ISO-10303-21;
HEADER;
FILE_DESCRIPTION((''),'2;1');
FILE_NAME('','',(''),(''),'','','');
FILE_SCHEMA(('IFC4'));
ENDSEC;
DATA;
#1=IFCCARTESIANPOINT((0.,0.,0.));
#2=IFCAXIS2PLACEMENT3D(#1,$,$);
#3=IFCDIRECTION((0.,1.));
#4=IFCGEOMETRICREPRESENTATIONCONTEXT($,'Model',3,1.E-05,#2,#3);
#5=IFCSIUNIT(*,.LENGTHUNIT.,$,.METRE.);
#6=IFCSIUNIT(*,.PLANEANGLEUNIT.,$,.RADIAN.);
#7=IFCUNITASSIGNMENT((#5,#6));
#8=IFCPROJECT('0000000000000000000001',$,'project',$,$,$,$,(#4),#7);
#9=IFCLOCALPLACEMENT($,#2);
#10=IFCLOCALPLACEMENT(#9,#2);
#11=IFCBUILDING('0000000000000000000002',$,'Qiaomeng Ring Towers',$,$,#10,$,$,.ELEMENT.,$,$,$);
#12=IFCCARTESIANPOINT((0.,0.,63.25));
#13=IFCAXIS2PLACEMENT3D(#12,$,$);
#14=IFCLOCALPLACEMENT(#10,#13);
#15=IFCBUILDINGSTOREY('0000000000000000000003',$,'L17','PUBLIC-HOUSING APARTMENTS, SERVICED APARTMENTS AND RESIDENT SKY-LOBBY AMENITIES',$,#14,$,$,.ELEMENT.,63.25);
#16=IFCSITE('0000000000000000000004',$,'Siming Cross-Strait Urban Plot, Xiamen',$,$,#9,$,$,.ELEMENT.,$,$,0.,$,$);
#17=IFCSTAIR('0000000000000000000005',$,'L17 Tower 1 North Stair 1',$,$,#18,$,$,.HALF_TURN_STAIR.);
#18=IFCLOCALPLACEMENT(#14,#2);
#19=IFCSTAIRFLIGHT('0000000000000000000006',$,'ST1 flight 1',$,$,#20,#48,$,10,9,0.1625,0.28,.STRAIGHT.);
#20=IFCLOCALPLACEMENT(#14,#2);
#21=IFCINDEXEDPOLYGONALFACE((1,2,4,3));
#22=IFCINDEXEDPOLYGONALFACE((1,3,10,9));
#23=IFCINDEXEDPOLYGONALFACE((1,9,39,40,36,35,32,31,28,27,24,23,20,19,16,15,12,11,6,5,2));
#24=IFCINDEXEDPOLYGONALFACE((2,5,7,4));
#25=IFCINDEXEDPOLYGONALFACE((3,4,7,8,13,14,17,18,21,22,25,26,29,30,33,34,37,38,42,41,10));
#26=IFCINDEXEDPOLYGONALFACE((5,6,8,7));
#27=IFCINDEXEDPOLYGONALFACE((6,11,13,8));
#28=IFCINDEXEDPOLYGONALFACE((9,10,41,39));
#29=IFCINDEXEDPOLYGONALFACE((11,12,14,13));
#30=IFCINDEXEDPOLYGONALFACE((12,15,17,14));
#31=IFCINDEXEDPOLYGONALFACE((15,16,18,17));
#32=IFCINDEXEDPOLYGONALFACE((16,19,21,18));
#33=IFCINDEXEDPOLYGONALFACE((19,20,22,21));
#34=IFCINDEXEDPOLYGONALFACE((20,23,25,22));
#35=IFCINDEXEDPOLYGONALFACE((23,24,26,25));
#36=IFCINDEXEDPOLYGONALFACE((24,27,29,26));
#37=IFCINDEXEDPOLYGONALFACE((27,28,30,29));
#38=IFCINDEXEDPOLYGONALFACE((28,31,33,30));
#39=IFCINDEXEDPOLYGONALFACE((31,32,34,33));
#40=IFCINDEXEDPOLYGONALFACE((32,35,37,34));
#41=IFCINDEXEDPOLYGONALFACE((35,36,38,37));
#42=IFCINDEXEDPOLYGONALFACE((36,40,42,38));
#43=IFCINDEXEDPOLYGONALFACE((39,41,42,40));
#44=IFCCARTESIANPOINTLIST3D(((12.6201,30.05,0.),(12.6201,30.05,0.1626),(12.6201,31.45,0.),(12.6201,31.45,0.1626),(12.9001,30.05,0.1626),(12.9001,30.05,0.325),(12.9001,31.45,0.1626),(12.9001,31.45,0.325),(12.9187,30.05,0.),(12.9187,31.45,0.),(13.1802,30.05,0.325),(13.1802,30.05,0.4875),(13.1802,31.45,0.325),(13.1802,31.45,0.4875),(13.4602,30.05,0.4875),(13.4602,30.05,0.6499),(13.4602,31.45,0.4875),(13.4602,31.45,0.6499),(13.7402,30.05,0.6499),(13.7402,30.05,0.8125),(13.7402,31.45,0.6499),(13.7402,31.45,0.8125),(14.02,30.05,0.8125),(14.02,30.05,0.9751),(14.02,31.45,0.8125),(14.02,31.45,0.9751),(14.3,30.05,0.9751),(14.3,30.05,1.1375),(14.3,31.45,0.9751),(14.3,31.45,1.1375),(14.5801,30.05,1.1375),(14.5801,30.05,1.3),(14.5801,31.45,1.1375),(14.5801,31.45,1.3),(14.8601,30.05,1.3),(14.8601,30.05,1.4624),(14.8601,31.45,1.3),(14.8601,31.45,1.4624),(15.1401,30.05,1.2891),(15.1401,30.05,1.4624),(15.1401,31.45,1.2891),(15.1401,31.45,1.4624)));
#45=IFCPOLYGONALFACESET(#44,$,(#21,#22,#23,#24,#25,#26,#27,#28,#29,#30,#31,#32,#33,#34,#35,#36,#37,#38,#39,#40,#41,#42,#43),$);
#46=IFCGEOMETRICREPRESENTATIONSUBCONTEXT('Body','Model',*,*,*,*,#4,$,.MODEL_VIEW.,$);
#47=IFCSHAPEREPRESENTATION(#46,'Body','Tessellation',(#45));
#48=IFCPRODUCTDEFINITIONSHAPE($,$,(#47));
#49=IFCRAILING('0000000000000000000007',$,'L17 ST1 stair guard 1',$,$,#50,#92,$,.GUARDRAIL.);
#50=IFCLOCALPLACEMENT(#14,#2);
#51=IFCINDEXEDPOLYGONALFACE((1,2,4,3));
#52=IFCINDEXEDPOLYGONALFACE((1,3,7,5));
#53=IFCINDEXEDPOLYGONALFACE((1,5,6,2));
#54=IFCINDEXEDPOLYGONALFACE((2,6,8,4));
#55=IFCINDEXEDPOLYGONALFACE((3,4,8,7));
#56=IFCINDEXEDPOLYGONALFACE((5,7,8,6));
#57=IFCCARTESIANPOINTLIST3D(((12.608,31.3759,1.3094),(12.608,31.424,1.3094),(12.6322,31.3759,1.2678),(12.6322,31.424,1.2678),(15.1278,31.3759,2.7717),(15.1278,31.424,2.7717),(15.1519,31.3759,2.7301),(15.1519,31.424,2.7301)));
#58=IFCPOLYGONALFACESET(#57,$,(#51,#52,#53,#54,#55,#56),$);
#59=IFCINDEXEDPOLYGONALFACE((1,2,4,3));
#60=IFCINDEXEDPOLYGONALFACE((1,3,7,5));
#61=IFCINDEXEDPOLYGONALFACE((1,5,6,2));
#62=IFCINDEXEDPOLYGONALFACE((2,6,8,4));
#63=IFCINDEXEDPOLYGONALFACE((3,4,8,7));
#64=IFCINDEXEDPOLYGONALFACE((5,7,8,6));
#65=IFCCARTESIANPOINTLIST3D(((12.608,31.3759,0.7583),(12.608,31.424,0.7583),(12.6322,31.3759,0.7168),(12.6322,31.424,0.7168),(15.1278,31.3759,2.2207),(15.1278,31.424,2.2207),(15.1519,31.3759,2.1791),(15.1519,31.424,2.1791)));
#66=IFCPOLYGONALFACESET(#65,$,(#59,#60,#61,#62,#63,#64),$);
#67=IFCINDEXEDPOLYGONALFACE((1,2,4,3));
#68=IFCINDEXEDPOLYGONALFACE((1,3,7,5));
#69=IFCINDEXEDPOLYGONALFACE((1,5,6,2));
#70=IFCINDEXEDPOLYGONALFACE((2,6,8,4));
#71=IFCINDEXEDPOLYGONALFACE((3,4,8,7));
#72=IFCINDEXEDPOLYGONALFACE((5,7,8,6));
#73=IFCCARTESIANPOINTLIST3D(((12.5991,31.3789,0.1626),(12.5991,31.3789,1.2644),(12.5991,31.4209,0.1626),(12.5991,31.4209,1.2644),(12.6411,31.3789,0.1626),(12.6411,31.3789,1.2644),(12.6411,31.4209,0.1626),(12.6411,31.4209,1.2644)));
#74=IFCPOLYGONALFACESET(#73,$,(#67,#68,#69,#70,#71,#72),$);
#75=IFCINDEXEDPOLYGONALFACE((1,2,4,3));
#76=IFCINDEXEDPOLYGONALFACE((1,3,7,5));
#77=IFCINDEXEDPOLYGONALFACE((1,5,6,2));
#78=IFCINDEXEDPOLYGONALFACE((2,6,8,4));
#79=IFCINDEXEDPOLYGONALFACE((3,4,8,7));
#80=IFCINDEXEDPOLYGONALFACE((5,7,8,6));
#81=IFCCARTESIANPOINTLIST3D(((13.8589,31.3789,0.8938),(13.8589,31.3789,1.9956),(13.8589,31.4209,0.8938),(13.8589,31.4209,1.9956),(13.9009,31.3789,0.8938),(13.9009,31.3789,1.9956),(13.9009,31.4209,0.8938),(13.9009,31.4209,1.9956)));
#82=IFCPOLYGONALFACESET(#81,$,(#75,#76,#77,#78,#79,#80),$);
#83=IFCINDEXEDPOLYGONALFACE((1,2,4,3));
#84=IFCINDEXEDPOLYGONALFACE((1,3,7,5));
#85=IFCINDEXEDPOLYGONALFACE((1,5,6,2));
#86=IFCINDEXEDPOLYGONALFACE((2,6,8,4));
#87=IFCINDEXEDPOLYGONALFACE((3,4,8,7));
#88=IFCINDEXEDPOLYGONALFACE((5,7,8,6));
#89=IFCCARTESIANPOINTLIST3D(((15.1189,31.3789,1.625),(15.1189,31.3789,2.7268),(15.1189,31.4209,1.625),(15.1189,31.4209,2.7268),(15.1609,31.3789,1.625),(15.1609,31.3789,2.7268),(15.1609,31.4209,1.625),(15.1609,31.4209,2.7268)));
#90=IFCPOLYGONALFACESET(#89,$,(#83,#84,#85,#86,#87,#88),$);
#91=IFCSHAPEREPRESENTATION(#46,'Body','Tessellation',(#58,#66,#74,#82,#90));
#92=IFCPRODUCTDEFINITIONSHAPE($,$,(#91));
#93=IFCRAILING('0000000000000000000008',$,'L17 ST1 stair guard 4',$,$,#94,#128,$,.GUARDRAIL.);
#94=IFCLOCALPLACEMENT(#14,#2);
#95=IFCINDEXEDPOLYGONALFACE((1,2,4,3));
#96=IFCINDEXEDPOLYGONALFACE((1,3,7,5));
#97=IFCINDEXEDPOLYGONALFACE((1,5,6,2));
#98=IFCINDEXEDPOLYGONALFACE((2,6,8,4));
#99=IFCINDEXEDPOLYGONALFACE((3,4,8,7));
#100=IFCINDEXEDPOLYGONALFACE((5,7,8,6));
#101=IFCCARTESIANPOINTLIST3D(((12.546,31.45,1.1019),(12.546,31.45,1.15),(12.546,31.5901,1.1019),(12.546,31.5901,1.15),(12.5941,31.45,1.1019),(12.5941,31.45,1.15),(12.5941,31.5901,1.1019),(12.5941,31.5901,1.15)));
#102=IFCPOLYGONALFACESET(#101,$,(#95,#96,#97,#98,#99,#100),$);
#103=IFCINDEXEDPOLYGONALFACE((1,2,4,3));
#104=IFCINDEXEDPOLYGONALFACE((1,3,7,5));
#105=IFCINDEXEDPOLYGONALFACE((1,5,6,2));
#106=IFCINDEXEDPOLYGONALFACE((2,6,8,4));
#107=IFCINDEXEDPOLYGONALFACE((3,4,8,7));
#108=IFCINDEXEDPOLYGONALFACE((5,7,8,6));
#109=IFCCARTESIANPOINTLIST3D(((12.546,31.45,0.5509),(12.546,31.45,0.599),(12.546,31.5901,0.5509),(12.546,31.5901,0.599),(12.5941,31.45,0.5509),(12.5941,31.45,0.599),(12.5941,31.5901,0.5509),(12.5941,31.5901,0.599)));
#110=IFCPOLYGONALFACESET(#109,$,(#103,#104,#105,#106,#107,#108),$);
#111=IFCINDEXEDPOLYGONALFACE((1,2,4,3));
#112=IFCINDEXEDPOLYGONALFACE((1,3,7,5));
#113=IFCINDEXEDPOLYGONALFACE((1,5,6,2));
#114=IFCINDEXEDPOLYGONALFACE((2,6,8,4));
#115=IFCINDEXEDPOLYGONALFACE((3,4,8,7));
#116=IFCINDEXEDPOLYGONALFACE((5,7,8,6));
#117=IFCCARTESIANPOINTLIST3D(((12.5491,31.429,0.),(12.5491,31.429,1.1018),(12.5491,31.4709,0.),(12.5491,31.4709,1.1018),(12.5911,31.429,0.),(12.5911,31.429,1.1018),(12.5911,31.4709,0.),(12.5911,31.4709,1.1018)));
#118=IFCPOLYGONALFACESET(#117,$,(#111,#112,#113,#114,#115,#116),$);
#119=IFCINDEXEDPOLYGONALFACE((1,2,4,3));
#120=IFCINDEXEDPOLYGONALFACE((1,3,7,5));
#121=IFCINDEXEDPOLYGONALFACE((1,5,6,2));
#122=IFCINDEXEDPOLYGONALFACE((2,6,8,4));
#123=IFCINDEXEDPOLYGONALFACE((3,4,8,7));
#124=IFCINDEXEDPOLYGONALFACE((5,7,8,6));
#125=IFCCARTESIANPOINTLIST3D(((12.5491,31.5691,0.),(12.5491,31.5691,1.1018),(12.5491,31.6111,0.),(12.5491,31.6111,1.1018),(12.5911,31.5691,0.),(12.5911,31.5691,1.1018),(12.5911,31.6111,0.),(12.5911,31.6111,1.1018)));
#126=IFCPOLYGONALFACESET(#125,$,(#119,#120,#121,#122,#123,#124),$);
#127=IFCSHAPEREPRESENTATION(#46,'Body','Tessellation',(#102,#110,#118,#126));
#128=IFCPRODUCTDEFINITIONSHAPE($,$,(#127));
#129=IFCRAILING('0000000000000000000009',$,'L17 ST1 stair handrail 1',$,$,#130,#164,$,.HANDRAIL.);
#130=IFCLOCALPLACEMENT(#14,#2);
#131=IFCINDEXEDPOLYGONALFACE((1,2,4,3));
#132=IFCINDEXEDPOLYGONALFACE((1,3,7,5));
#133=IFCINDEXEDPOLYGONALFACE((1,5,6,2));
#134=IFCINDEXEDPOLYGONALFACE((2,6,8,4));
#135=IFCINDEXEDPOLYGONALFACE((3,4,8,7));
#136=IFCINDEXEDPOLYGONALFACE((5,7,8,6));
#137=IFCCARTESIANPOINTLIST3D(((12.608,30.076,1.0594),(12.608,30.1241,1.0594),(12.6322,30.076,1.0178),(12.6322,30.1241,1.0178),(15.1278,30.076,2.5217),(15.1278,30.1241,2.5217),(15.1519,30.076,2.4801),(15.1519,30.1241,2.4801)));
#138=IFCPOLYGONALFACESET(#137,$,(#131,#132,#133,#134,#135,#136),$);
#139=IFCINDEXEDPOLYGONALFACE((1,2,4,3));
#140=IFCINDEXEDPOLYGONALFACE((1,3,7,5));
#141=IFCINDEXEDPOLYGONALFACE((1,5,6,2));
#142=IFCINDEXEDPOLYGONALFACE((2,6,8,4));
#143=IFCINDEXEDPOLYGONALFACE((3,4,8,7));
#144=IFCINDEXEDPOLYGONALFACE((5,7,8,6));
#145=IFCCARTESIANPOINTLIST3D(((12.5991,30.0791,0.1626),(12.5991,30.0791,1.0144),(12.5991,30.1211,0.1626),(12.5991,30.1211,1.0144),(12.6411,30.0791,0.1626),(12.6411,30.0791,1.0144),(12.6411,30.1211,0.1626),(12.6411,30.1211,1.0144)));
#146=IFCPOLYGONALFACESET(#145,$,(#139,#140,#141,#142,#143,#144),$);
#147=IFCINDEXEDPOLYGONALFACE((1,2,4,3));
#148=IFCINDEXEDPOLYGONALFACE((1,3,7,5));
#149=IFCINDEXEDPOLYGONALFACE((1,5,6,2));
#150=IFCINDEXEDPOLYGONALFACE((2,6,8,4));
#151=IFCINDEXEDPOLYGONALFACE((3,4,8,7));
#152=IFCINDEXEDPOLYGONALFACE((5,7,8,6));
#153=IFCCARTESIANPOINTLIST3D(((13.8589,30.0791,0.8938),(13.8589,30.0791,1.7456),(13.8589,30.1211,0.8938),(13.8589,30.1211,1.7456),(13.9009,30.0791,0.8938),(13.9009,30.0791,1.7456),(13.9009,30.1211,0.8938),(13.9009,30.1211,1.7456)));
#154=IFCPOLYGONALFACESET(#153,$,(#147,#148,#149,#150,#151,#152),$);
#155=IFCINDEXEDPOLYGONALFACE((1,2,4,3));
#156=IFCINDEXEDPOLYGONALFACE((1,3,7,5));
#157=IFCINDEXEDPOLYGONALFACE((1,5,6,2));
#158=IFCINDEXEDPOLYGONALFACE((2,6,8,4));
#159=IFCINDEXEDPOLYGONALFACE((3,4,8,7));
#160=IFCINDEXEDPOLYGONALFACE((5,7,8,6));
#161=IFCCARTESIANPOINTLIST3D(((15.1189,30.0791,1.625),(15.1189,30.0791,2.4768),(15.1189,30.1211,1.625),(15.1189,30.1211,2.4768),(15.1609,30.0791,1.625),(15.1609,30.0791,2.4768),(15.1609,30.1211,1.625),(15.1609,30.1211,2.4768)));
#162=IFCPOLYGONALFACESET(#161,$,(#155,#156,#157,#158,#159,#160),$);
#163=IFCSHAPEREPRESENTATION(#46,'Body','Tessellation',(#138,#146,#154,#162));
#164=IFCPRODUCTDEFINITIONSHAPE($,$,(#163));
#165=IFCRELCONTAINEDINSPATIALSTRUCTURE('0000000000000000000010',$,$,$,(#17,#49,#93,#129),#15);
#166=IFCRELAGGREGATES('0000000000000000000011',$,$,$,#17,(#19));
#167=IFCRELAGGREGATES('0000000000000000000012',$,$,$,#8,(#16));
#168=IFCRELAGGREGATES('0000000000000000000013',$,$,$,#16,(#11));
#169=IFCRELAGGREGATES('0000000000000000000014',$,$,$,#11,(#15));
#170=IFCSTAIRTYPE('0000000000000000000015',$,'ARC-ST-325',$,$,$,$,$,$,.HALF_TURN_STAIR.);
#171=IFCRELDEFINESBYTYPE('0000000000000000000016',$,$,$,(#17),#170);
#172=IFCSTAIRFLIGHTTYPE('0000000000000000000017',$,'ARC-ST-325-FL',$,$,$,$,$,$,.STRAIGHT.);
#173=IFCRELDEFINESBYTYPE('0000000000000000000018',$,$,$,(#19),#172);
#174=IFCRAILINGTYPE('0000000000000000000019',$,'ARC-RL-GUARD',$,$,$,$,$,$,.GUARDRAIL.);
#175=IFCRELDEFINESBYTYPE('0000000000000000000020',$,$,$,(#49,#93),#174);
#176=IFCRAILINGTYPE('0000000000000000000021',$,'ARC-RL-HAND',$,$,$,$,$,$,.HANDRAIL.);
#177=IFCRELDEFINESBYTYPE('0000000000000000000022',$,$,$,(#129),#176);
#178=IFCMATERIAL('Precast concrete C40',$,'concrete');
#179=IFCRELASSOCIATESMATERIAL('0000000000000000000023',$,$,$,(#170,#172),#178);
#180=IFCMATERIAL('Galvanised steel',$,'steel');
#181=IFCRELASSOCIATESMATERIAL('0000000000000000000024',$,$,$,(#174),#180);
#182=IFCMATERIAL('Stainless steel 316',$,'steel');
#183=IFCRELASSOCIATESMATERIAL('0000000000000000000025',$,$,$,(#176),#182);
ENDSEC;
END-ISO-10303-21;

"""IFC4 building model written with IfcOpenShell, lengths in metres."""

from ifc_helpers import new_model, si_unit, direction, frame, origin, origin_2d, place, context, subcontext, project, spatial, polyline, rectangle, outline, extrude, source, transform, mapped, material, type_object, element, aggregate, save


model = new_model("IFC4")

# Units and contexts
model_context = context("Model", 3, precision=1e-05, world=origin(), true_north=direction((0.0, 1.0)))
body_context = subcontext(model_context, "Body", "Model", "MODEL_VIEW")
ifc_project = project(units=[si_unit("LENGTHUNIT", "METRE"), si_unit("PLANEANGLEUNIT", "RADIAN")], contexts=[model_context])

# Site, building, storey
site_placement = place(None, origin())
site = spatial("IfcSite", under=ifc_project, at=site_placement, Name="Siming Cross-Strait Urban Plot, Xiamen", CompositionType="ELEMENT", RefElevation=0.0)
building_placement = place(site_placement, origin())
building = spatial("IfcBuilding", under=site, at=building_placement, Name="Qiaomeng Ring Towers", CompositionType="ELEMENT")
storey_placement = place(building_placement, frame((0.0, 0.0, 63.25)))
storey = spatial("IfcBuildingStorey", under=building, at=storey_placement, Name="L17", Description="PUBLIC-HOUSING APARTMENTS, SERVICED APARTMENTS AND RESIDENT SKY-LOBBY AMENITIES", CompositionType="ELEMENT", Elevation=63.25)

# Stair, stair flight
ifc_material_1 = material(Name="Precast concrete C40", Category="concrete")
stair_type = type_object("IfcStairType", Name="ARC-ST-325", PredefinedType="HALF_TURN_STAIR", material=ifc_material_1)
stair_placement = place(storey_placement, origin())
stair = element("IfcStair", 1, at=stair_placement, inside=storey, type_object=stair_type, Name="L17 Tower 1 North Stair 1", PredefinedType="HALF_TURN_STAIR")
stair_flight_type = type_object("IfcStairFlightType", Name="ARC-ST-325-FL", PredefinedType="STRAIGHT", material=ifc_material_1)
shared_shape_1 = source(origin(), body_context, "Body", "SweptSolid", [
    extrude(outline(polyline([(0.0, 0.0), (0.0, 0.1626), (0.28, 0.1626), (0.28, 0.325), (0.5601, 0.325), (0.5601, 0.4875), (0.8401, 0.4875), (0.8401, 0.6499), (1.1201, 0.6499), (1.1201, 0.8125), (1.3999, 0.8125), (1.3999, 0.9751), (1.6799, 0.9751), (1.6799, 1.1375), (1.96, 1.1375), (1.96, 1.3), (2.24, 1.3), (2.24, 1.4624), (2.52, 1.4624), (2.52, 1.625), (2.52, 1.2891), (0.2986, 0.0), (0.0, 0.0)])), frame((0.0, 0.7, 0.0), z_axis=(0.0, -1.0, 0.0), x_axis=(1.0, 0.0, 0.0)), (0.0, 0.0, 1.0), 1.3999),
])
stair_flight_placement = place(storey_placement, frame((12.6201, 30.75, 0.0), z_axis=(0.0, 0.0, 1.0), x_axis=(1.0, 0.0, 0.0)))
stair_flight = element("IfcStairFlight", 2, at=stair_flight_placement, type_object=stair_flight_type, Name="ST1 flight 1", NumberOfRisers=10, NumberOfTreads=9, PredefinedType="STRAIGHT", RiserHeight=0.1625, TreadLength=0.28, context=body_context, shape_type="MappedRepresentation", body=[
    mapped(shared_shape_1, transform((0.0, 0.0, 0.0), x_axis=(1.0, 0.0, 0.0), y_axis=(0.0, 1.0, 0.0), z_axis=(0.0, 0.0, 1.0), scale=1.0)),
])
aggregate(stair, [stair_flight])

# Railings
ifc_material_2 = material(Name="Galvanised steel", Category="steel")
railing_type_1 = type_object("IfcRailingType", Name="ARC-RL-GUARD", PredefinedType="GUARDRAIL", material=ifc_material_2)
railing_1_placement = place(storey_placement, frame((12.6201, 31.3999, 0.1626)))
element("IfcRailing", 3, at=railing_1_placement, inside=storey, type_object=railing_type_1, Name="L17 ST1 stair guard 1", PredefinedType="GUARDRAIL", context=body_context, shape_type="SweptSolid", body=[
    extrude(rectangle(XDim=0.0481, YDim=0.0481, at=origin_2d()), frame((0.0, 0.0, 1.126), z_axis=(0.864892, 0.0, 0.501958), x_axis=(0.0, 1.0, 0.0)), (0.0, 0.0, 1.0), 2.9133),
    extrude(rectangle(XDim=0.0481, YDim=0.0481, at=origin_2d()), frame((0.0, 0.0, 0.575), z_axis=(0.864892, 0.0, 0.501958), x_axis=(0.0, 1.0, 0.0)), (0.0, 0.0, 1.0), 2.9133),
    extrude(rectangle(XDim=0.042, YDim=0.042, at=origin_2d()), origin(), (0.0, 0.0, 1.0), 1.1018),
    extrude(rectangle(XDim=0.042, YDim=0.042, at=origin_2d()), frame((1.2598, 0.0, 0.7312)), (0.0, 0.0, 1.0), 1.1018),
    extrude(rectangle(XDim=0.042, YDim=0.042, at=origin_2d()), frame((2.5198, 0.0, 1.4624)), (0.0, 0.0, 1.0), 1.1018),
])
railing_2_placement = place(storey_placement, frame((12.5701, 31.45, 0.0)))
element("IfcRailing", 4, at=railing_2_placement, inside=storey, type_object=railing_type_1, Name="L17 ST1 stair guard 4", PredefinedType="GUARDRAIL", context=body_context, shape_type="SweptSolid", body=[
    extrude(rectangle(XDim=0.0481, YDim=0.0481, at=origin_2d()), frame((0.0, 0.0, 1.126), z_axis=(0.0, 1.0, 0.0), x_axis=(-1.0, 0.0, 0.0)), (0.0, 0.0, 1.0), 0.1401),
    extrude(rectangle(XDim=0.0481, YDim=0.0481, at=origin_2d()), frame((0.0, 0.0, 0.575), z_axis=(0.0, 1.0, 0.0), x_axis=(-1.0, 0.0, 0.0)), (0.0, 0.0, 1.0), 0.1401),
    extrude(rectangle(XDim=0.042, YDim=0.042, at=origin_2d()), origin(), (0.0, 0.0, 1.0), 1.1018),
    extrude(rectangle(XDim=0.042, YDim=0.042, at=origin_2d()), frame((0.0, 0.1401, 0.0)), (0.0, 0.0, 1.0), 1.1018),
])
ifc_material_3 = material(Name="Stainless steel 316", Category="steel")
railing_type_2 = type_object("IfcRailingType", Name="ARC-RL-HAND", PredefinedType="HANDRAIL", material=ifc_material_3)
railing_3_placement = place(storey_placement, frame((12.6201, 30.1001, 0.1626)))
element("IfcRailing", 5, at=railing_3_placement, inside=storey, type_object=railing_type_2, Name="L17 ST1 stair handrail 1", PredefinedType="HANDRAIL", context=body_context, shape_type="SweptSolid", body=[
    extrude(rectangle(XDim=0.0481, YDim=0.0481, at=origin_2d()), frame((0.0, 0.0, 0.876), z_axis=(0.864892, 0.0, 0.501958), x_axis=(0.0, 1.0, 0.0)), (0.0, 0.0, 1.0), 2.9133),
    extrude(rectangle(XDim=0.042, YDim=0.042, at=origin_2d()), origin(), (0.0, 0.0, 1.0), 0.8518),
    extrude(rectangle(XDim=0.042, YDim=0.042, at=origin_2d()), frame((1.2598, 0.0, 0.7312)), (0.0, 0.0, 1.0), 0.8518),
    extrude(rectangle(XDim=0.042, YDim=0.042, at=origin_2d()), frame((2.5198, 0.0, 1.4624)), (0.0, 0.0, 1.0), 0.8518),
])

save(model, "model.ifc")
